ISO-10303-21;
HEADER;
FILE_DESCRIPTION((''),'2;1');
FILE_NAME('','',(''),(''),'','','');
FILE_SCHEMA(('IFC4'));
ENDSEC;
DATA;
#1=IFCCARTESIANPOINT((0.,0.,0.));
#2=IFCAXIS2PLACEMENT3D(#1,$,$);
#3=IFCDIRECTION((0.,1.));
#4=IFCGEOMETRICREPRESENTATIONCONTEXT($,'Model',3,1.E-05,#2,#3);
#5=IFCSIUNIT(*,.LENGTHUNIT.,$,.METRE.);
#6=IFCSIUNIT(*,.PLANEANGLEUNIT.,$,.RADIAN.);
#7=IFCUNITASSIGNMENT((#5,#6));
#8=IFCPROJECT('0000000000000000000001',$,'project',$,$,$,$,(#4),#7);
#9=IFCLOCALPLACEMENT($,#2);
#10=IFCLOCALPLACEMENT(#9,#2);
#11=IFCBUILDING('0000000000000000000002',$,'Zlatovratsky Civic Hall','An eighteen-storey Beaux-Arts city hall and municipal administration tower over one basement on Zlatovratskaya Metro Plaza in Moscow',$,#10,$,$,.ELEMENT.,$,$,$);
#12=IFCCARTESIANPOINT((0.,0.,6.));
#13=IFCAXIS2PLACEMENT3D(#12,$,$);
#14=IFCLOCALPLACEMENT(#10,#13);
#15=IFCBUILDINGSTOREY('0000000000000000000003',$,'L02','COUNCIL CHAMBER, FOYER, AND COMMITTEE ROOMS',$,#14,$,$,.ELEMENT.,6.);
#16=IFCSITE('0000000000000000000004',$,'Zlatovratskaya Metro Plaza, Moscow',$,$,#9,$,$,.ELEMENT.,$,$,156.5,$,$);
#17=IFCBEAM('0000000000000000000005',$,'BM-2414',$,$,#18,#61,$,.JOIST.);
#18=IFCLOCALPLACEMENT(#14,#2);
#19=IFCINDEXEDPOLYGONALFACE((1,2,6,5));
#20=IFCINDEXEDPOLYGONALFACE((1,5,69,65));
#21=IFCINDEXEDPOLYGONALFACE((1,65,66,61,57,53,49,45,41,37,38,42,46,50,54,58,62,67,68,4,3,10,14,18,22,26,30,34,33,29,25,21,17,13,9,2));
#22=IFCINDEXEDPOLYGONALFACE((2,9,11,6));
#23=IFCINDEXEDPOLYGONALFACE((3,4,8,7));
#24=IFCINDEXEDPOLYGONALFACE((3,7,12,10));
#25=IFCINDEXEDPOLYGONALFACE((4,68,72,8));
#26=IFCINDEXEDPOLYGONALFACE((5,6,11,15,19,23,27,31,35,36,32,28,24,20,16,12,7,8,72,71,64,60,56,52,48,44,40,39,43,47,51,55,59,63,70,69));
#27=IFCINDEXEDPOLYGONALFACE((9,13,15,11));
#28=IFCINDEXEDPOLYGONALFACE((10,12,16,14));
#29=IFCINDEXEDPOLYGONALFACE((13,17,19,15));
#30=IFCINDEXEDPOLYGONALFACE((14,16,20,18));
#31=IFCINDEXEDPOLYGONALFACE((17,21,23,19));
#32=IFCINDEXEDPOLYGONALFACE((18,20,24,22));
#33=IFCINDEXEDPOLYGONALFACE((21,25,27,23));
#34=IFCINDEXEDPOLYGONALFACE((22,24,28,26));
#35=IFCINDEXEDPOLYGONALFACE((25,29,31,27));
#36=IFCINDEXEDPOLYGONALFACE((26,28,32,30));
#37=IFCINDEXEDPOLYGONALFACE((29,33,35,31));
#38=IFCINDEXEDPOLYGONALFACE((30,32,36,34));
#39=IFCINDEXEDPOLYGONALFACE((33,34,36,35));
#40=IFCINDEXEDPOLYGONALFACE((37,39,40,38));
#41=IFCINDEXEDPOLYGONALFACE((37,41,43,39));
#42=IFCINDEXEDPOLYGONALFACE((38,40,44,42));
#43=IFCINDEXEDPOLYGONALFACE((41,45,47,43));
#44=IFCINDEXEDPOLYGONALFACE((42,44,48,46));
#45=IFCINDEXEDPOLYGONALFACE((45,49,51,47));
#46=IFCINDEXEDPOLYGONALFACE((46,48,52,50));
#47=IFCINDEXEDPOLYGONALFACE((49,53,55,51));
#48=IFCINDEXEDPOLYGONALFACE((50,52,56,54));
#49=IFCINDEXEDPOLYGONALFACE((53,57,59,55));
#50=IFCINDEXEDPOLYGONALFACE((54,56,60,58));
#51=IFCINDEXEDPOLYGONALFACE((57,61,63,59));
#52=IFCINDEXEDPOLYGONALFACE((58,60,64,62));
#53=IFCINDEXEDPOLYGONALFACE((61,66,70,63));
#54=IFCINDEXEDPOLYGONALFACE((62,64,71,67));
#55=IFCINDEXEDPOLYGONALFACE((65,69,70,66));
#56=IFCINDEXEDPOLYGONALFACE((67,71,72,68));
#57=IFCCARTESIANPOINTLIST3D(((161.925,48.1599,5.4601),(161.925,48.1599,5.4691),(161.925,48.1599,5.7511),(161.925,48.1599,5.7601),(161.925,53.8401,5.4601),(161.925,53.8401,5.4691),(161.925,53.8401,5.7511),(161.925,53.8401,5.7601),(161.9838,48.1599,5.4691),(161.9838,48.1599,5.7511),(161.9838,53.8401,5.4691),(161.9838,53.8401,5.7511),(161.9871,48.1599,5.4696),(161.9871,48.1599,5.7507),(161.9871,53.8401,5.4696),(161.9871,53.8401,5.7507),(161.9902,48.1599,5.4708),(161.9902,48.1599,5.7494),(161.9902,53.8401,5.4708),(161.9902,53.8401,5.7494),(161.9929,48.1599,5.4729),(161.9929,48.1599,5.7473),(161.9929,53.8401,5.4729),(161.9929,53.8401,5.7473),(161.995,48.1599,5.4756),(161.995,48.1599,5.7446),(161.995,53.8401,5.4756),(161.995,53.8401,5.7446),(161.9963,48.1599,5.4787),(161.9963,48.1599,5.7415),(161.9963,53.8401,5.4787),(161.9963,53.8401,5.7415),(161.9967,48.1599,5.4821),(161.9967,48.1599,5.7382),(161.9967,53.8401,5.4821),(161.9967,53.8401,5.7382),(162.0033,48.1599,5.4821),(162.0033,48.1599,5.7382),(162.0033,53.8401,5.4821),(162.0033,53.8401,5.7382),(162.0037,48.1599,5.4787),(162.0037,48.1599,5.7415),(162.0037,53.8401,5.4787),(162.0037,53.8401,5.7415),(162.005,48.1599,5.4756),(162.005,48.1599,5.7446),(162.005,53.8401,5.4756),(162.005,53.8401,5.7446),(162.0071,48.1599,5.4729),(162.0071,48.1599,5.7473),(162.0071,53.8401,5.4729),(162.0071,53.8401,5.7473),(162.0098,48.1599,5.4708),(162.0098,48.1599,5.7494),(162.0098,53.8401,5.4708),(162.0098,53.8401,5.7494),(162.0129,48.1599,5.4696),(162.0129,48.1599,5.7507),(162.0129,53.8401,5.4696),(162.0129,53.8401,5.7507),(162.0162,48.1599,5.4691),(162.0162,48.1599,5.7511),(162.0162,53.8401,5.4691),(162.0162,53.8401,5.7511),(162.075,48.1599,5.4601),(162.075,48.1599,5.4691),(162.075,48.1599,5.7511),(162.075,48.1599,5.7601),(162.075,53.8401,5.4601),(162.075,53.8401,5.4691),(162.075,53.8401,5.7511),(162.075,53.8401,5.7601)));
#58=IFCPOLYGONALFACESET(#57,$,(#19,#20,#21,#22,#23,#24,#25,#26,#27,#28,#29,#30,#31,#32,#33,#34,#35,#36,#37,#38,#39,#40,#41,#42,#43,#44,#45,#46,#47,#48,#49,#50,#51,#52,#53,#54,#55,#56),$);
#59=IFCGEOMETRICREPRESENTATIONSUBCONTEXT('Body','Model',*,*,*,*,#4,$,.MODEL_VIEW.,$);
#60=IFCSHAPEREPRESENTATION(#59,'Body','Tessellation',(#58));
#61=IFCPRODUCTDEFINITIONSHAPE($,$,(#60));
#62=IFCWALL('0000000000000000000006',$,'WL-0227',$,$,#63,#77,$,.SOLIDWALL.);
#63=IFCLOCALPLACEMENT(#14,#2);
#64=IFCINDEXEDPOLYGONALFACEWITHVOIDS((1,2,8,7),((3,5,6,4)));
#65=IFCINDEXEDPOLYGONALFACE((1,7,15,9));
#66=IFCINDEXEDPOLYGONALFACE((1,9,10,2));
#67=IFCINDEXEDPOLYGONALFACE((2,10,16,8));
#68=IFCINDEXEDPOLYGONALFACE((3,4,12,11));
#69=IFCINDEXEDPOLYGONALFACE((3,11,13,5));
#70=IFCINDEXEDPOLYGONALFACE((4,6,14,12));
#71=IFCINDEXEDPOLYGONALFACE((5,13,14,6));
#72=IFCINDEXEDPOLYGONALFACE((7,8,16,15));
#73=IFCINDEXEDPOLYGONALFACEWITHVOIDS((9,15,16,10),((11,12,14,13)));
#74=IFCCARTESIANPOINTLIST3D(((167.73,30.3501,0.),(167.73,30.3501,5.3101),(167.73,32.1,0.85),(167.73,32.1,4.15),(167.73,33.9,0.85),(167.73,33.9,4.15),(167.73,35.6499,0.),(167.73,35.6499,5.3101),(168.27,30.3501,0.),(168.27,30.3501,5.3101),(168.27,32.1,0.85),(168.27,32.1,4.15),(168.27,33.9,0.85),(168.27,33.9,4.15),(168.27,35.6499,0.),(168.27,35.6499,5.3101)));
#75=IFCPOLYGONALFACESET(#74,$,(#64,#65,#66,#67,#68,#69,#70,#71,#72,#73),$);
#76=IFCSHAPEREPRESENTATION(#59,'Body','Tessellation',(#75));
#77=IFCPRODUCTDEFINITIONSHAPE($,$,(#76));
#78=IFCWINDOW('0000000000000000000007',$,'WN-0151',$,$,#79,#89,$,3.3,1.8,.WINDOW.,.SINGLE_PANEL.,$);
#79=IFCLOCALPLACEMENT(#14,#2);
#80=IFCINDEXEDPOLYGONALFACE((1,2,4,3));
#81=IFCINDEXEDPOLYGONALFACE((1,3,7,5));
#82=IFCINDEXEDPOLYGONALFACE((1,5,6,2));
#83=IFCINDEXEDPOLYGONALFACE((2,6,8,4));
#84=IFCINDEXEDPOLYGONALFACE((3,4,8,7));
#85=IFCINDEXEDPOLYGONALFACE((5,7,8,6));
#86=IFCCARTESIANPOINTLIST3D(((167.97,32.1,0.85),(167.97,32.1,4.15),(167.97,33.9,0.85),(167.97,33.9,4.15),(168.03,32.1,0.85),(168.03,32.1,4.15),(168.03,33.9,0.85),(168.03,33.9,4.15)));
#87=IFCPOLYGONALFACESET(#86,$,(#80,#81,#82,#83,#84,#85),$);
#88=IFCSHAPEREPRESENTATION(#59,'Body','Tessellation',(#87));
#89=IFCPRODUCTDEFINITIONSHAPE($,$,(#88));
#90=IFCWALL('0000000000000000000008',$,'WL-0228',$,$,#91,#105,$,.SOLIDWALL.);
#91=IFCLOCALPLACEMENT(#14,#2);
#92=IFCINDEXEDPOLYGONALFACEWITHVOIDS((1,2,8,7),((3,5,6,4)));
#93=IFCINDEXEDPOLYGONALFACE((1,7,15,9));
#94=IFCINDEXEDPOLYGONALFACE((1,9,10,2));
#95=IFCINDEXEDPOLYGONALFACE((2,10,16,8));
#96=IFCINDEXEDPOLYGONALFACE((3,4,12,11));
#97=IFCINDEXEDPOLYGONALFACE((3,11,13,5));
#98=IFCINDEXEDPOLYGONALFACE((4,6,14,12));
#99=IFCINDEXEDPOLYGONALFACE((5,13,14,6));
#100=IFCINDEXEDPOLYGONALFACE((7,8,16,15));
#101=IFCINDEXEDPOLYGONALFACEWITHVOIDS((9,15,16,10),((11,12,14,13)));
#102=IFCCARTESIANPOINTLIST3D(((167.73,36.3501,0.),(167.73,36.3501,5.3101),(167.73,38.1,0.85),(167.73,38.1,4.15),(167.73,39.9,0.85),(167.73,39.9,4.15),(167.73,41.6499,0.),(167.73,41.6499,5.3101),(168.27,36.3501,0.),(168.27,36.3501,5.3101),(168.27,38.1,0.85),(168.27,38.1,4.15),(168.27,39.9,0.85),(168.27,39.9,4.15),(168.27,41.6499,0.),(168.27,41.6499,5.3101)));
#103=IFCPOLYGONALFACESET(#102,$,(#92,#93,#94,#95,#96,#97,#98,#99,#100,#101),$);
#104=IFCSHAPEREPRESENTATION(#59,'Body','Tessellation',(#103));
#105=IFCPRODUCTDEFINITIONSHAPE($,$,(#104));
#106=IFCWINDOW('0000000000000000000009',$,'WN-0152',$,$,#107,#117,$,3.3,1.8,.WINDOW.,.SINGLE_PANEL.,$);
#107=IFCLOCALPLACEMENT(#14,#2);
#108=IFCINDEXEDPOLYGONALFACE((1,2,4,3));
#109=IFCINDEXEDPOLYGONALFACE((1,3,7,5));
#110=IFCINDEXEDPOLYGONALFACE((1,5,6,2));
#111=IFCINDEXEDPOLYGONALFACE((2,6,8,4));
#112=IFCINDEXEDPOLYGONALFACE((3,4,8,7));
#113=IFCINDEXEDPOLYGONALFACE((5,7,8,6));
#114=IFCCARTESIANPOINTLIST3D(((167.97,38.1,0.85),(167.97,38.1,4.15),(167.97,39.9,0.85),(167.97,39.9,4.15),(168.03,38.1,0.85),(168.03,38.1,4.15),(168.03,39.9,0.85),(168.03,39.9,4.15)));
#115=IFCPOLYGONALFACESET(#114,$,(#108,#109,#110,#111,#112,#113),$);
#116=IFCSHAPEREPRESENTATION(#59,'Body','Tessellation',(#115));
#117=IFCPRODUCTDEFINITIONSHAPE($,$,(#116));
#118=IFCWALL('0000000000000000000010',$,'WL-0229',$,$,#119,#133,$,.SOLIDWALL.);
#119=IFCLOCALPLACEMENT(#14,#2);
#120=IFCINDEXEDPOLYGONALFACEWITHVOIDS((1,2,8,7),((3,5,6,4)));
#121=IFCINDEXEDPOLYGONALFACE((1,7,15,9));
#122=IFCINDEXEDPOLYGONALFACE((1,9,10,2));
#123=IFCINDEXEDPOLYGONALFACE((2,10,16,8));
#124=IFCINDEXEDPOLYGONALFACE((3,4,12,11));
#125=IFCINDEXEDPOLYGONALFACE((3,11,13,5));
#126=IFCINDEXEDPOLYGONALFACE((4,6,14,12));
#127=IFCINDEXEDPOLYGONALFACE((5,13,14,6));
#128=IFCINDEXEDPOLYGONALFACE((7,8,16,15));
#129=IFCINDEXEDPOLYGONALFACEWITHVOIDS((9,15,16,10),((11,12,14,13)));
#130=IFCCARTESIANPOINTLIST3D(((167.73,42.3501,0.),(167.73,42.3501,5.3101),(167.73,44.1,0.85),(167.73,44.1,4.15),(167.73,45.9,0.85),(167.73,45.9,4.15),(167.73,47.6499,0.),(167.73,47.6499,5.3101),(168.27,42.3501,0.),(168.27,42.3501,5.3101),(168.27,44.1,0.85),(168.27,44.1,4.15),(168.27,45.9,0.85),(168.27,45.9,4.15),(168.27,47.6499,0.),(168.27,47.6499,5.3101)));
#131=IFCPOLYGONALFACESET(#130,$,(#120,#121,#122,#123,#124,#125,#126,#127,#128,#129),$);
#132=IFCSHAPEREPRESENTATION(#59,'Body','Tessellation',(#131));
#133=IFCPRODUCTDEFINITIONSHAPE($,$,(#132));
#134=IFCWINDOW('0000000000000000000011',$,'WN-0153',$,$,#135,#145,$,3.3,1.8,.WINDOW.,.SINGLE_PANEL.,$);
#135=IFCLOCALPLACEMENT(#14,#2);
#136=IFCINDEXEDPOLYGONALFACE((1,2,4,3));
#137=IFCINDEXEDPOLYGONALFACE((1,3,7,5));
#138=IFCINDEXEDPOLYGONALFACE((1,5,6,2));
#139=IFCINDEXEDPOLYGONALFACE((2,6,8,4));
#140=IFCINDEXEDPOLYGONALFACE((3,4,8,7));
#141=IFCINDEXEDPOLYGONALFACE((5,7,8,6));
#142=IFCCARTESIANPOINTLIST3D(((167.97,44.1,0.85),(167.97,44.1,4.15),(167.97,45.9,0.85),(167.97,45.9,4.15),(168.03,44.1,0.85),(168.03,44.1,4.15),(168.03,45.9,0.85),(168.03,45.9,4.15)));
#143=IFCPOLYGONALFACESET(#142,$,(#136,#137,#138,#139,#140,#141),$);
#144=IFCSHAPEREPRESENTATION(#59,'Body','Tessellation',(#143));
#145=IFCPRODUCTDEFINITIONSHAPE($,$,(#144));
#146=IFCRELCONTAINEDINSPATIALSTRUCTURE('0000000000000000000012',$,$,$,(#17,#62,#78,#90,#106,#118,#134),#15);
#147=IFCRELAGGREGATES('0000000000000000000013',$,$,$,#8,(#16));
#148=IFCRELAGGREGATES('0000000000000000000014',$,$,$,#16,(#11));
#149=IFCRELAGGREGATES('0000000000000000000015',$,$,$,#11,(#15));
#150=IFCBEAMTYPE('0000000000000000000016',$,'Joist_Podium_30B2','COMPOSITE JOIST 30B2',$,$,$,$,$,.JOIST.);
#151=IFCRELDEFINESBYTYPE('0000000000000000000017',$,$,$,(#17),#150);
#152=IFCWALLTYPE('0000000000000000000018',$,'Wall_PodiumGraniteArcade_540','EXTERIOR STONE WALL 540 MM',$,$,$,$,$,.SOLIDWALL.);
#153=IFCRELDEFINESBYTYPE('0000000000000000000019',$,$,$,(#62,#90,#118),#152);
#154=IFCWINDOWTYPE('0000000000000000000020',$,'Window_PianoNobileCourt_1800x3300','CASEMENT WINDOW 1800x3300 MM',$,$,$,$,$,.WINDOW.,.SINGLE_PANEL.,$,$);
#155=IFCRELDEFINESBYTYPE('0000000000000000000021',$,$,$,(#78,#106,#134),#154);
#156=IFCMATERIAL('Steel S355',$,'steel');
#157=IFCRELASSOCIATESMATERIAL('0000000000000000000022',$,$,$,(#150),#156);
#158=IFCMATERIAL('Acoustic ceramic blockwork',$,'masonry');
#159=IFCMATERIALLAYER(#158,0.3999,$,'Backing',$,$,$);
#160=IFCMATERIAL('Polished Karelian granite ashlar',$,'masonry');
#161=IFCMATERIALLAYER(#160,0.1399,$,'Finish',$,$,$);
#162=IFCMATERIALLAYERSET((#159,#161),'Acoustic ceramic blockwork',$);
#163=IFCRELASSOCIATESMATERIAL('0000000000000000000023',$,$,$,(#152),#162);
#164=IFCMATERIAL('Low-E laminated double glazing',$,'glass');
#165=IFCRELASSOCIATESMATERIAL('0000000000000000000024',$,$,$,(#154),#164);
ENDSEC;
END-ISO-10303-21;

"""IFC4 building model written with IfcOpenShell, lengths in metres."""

from ifc_helpers import new_model, si_unit, direction, frame, frame_2d, origin, origin_2d, place, context, subcontext, project, spatial, rectangle, i_section, extrude, material, layer, layer_set, material_profile, profile_set, type_object, element, fill, save


model = new_model("IFC4")

# Units and contexts
model_context = context("Model", 3, precision=1e-05, world=origin(), true_north=direction((0.0, 1.0)))
body_context = subcontext(model_context, "Body", "Model", "MODEL_VIEW")
ifc_project = project(units=[si_unit("LENGTHUNIT", "METRE"), si_unit("PLANEANGLEUNIT", "RADIAN")], contexts=[model_context])

# Site, building, storey
site_placement = place(None, origin())
site = spatial("IfcSite", under=ifc_project, at=site_placement, Name="Zlatovratskaya Metro Plaza, Moscow", CompositionType="ELEMENT", RefElevation=156.5)
building_placement = place(site_placement, origin())
building = spatial("IfcBuilding", under=site, at=building_placement, Name="Zlatovratsky Civic Hall", Description="An eighteen-storey Beaux-Arts city hall and municipal administration tower over one basement on Zlatovratskaya Metro Plaza in Moscow", CompositionType="ELEMENT")
storey_placement = place(building_placement, frame((0.0, 0.0, 6.0)))
storey = spatial("IfcBuildingStorey", under=building, at=storey_placement, Name="L02", Description="COUNCIL CHAMBER, FOYER, AND COMMITTEE ROOMS", CompositionType="ELEMENT", Elevation=6.0)

# Shared definitions
ifc_material_1 = material(Name="Steel S355", Category="steel")

# Beam
ifc_material_profile_1 = material_profile(ifc_material_1, i_section(OverallWidth=0.1499, OverallDepth=0.3, WebThickness=0.0066, FlangeThickness=0.009, FilletRadius=0.0129, at=origin_2d()), Name="30B2")
ifc_profile_set_1 = profile_set([ifc_material_profile_1], Name="Steel S355")
beam_type_1 = type_object("IfcBeamType", Name="Joist_Podium_30B2", Description="COMPOSITE JOIST 30B2", PredefinedType="JOIST", material=ifc_profile_set_1)
for number, where, z_axis, x_axis, name in (
    (1, (162.0, 48.1599, 5.6101), (0.0, 1.0, 0.0), (-1.0, 0.0, 0.0), "BM-2414"),
):
    element("IfcBeam", number, at=place(storey_placement, frame(where, z_axis=z_axis, x_axis=x_axis)), inside=storey, type_object=beam_type_1, Name=name, PredefinedType="JOIST", context=body_context, shape_type="SweptSolid", body=[
        extrude(i_section(OverallWidth=0.1499, OverallDepth=0.3, WebThickness=0.0066, FlangeThickness=0.009, FilletRadius=0.0129, at=origin_2d()), origin(), (0.0, 0.0, 1.0), 5.6802),
    ])

# Walls, openings, windows
ifc_material_2 = material(Name="Acoustic ceramic blockwork", Category="masonry")
ifc_layer_1 = layer(ifc_material_2, 0.3999, Name="Backing")
ifc_material_3 = material(Name="Polished Karelian granite ashlar", Category="masonry")
ifc_layer_2 = layer(ifc_material_3, 0.1399, Name="Finish")
ifc_layer_set = layer_set([ifc_layer_1, ifc_layer_2], Name="Acoustic ceramic blockwork")
wall_type = type_object("IfcWallType", Name="Wall_PodiumGraniteArcade_540", Description="EXTERIOR STONE WALL 540 MM", PredefinedType="SOLIDWALL", material=ifc_layer_set)
wall_1_placement = place(storey_placement, frame((168.0, 30.3501, 0.0), z_axis=(0.0, 0.0, 1.0), x_axis=(0.0, 1.0, 0.0)))
wall_1 = element("IfcWall", 2, at=wall_1_placement, inside=storey, type_object=wall_type, Name="WL-0227", PredefinedType="SOLIDWALL", context=body_context, shape_type="SweptSolid", body=[
    extrude(rectangle(XDim=5.2998, YDim=0.54, at=frame_2d((2.6499, 0.0))), origin(), (0.0, 0.0, 1.0), 5.3101),
])
opening_1_placement = place(wall_1_placement, frame((1.75, 0.0, 0.8501)))
opening_1 = element("IfcOpeningElement", 3, at=opening_1_placement, cuts=wall_1, PredefinedType="OPENING", context=body_context, shape_type="SweptSolid", body=[
    extrude(rectangle(XDim=1.8, YDim=3.3, at=frame_2d((0.8999, 1.6499))), frame((0.0, 0.2849, 0.0), z_axis=(0.0, -1.0, 0.0), x_axis=(1.0, 0.0, 0.0)), (0.0, 0.0, 1.0), 0.5698),
])
ifc_material_4 = material(Name="Low-E laminated double glazing", Category="glass")
window_type = type_object("IfcWindowType", Name="Window_PianoNobileCourt_1800x3300", Description="CASEMENT WINDOW 1800x3300 MM", PartitioningType="SINGLE_PANEL", PredefinedType="WINDOW", material=ifc_material_4)
window_1_placement = place(opening_1_placement, origin())
window_1 = element("IfcWindow", 4, at=window_1_placement, inside=storey, type_object=window_type, Name="WN-0151", OverallHeight=3.3, OverallWidth=1.8, PartitioningType="SINGLE_PANEL", PredefinedType="WINDOW", context=body_context, shape_type="SweptSolid", body=[
    extrude(rectangle(XDim=1.8, YDim=3.3, at=frame_2d((0.8999, 1.6499))), frame((0.0, 0.03, 0.0), z_axis=(0.0, -1.0, 0.0), x_axis=(1.0, 0.0, 0.0)), (0.0, 0.0, 1.0), 0.0601),
])
fill(opening_1, window_1)
wall_2_placement = place(storey_placement, frame((168.0, 36.3501, 0.0), z_axis=(0.0, 0.0, 1.0), x_axis=(0.0, 1.0, 0.0)))
wall_2 = element("IfcWall", 5, at=wall_2_placement, inside=storey, type_object=wall_type, Name="WL-0228", PredefinedType="SOLIDWALL", context=body_context, shape_type="SweptSolid", body=[
    extrude(rectangle(XDim=5.2998, YDim=0.54, at=frame_2d((2.6499, 0.0))), origin(), (0.0, 0.0, 1.0), 5.3101),
])
opening_2_placement = place(wall_2_placement, frame((1.75, 0.0, 0.8501)))
opening_2 = element("IfcOpeningElement", 6, at=opening_2_placement, cuts=wall_2, PredefinedType="OPENING", context=body_context, shape_type="SweptSolid", body=[
    extrude(rectangle(XDim=1.8, YDim=3.3, at=frame_2d((0.8999, 1.6499))), frame((0.0, 0.2849, 0.0), z_axis=(0.0, -1.0, 0.0), x_axis=(1.0, 0.0, 0.0)), (0.0, 0.0, 1.0), 0.5698),
])
window_2_placement = place(opening_2_placement, origin())
window_2 = element("IfcWindow", 7, at=window_2_placement, inside=storey, type_object=window_type, Name="WN-0152", OverallHeight=3.3, OverallWidth=1.8, PartitioningType="SINGLE_PANEL", PredefinedType="WINDOW", context=body_context, shape_type="SweptSolid", body=[
    extrude(rectangle(XDim=1.8, YDim=3.3, at=frame_2d((0.8999, 1.6499))), frame((0.0, 0.03, 0.0), z_axis=(0.0, -1.0, 0.0), x_axis=(1.0, 0.0, 0.0)), (0.0, 0.0, 1.0), 0.0601),
])
fill(opening_2, window_2)
wall_3_placement = place(storey_placement, frame((168.0, 42.3501, 0.0), z_axis=(0.0, 0.0, 1.0), x_axis=(0.0, 1.0, 0.0)))
wall_3 = element("IfcWall", 8, at=wall_3_placement, inside=storey, type_object=wall_type, Name="WL-0229", PredefinedType="SOLIDWALL", context=body_context, shape_type="SweptSolid", body=[
    extrude(rectangle(XDim=5.2998, YDim=0.54, at=frame_2d((2.6499, 0.0))), origin(), (0.0, 0.0, 1.0), 5.3101),
])
opening_3_placement = place(wall_3_placement, frame((1.75, 0.0, 0.8501)))
opening_3 = element("IfcOpeningElement", 9, at=opening_3_placement, cuts=wall_3, PredefinedType="OPENING", context=body_context, shape_type="SweptSolid", body=[
    extrude(rectangle(XDim=1.8, YDim=3.3, at=frame_2d((0.8999, 1.6499))), frame((0.0, 0.2849, 0.0), z_axis=(0.0, -1.0, 0.0), x_axis=(1.0, 0.0, 0.0)), (0.0, 0.0, 1.0), 0.5698),
])
window_3_placement = place(opening_3_placement, origin())
window_3 = element("IfcWindow", 10, at=window_3_placement, inside=storey, type_object=window_type, Name="WN-0153", OverallHeight=3.3, OverallWidth=1.8, PartitioningType="SINGLE_PANEL", PredefinedType="WINDOW", context=body_context, shape_type="SweptSolid", body=[
    extrude(rectangle(XDim=1.8, YDim=3.3, at=frame_2d((0.8999, 1.6499))), frame((0.0, 0.03, 0.0), z_axis=(0.0, -1.0, 0.0), x_axis=(1.0, 0.0, 0.0)), (0.0, 0.0, 1.0), 0.0601),
])
fill(opening_3, window_3)

save(model, "model.ifc")
